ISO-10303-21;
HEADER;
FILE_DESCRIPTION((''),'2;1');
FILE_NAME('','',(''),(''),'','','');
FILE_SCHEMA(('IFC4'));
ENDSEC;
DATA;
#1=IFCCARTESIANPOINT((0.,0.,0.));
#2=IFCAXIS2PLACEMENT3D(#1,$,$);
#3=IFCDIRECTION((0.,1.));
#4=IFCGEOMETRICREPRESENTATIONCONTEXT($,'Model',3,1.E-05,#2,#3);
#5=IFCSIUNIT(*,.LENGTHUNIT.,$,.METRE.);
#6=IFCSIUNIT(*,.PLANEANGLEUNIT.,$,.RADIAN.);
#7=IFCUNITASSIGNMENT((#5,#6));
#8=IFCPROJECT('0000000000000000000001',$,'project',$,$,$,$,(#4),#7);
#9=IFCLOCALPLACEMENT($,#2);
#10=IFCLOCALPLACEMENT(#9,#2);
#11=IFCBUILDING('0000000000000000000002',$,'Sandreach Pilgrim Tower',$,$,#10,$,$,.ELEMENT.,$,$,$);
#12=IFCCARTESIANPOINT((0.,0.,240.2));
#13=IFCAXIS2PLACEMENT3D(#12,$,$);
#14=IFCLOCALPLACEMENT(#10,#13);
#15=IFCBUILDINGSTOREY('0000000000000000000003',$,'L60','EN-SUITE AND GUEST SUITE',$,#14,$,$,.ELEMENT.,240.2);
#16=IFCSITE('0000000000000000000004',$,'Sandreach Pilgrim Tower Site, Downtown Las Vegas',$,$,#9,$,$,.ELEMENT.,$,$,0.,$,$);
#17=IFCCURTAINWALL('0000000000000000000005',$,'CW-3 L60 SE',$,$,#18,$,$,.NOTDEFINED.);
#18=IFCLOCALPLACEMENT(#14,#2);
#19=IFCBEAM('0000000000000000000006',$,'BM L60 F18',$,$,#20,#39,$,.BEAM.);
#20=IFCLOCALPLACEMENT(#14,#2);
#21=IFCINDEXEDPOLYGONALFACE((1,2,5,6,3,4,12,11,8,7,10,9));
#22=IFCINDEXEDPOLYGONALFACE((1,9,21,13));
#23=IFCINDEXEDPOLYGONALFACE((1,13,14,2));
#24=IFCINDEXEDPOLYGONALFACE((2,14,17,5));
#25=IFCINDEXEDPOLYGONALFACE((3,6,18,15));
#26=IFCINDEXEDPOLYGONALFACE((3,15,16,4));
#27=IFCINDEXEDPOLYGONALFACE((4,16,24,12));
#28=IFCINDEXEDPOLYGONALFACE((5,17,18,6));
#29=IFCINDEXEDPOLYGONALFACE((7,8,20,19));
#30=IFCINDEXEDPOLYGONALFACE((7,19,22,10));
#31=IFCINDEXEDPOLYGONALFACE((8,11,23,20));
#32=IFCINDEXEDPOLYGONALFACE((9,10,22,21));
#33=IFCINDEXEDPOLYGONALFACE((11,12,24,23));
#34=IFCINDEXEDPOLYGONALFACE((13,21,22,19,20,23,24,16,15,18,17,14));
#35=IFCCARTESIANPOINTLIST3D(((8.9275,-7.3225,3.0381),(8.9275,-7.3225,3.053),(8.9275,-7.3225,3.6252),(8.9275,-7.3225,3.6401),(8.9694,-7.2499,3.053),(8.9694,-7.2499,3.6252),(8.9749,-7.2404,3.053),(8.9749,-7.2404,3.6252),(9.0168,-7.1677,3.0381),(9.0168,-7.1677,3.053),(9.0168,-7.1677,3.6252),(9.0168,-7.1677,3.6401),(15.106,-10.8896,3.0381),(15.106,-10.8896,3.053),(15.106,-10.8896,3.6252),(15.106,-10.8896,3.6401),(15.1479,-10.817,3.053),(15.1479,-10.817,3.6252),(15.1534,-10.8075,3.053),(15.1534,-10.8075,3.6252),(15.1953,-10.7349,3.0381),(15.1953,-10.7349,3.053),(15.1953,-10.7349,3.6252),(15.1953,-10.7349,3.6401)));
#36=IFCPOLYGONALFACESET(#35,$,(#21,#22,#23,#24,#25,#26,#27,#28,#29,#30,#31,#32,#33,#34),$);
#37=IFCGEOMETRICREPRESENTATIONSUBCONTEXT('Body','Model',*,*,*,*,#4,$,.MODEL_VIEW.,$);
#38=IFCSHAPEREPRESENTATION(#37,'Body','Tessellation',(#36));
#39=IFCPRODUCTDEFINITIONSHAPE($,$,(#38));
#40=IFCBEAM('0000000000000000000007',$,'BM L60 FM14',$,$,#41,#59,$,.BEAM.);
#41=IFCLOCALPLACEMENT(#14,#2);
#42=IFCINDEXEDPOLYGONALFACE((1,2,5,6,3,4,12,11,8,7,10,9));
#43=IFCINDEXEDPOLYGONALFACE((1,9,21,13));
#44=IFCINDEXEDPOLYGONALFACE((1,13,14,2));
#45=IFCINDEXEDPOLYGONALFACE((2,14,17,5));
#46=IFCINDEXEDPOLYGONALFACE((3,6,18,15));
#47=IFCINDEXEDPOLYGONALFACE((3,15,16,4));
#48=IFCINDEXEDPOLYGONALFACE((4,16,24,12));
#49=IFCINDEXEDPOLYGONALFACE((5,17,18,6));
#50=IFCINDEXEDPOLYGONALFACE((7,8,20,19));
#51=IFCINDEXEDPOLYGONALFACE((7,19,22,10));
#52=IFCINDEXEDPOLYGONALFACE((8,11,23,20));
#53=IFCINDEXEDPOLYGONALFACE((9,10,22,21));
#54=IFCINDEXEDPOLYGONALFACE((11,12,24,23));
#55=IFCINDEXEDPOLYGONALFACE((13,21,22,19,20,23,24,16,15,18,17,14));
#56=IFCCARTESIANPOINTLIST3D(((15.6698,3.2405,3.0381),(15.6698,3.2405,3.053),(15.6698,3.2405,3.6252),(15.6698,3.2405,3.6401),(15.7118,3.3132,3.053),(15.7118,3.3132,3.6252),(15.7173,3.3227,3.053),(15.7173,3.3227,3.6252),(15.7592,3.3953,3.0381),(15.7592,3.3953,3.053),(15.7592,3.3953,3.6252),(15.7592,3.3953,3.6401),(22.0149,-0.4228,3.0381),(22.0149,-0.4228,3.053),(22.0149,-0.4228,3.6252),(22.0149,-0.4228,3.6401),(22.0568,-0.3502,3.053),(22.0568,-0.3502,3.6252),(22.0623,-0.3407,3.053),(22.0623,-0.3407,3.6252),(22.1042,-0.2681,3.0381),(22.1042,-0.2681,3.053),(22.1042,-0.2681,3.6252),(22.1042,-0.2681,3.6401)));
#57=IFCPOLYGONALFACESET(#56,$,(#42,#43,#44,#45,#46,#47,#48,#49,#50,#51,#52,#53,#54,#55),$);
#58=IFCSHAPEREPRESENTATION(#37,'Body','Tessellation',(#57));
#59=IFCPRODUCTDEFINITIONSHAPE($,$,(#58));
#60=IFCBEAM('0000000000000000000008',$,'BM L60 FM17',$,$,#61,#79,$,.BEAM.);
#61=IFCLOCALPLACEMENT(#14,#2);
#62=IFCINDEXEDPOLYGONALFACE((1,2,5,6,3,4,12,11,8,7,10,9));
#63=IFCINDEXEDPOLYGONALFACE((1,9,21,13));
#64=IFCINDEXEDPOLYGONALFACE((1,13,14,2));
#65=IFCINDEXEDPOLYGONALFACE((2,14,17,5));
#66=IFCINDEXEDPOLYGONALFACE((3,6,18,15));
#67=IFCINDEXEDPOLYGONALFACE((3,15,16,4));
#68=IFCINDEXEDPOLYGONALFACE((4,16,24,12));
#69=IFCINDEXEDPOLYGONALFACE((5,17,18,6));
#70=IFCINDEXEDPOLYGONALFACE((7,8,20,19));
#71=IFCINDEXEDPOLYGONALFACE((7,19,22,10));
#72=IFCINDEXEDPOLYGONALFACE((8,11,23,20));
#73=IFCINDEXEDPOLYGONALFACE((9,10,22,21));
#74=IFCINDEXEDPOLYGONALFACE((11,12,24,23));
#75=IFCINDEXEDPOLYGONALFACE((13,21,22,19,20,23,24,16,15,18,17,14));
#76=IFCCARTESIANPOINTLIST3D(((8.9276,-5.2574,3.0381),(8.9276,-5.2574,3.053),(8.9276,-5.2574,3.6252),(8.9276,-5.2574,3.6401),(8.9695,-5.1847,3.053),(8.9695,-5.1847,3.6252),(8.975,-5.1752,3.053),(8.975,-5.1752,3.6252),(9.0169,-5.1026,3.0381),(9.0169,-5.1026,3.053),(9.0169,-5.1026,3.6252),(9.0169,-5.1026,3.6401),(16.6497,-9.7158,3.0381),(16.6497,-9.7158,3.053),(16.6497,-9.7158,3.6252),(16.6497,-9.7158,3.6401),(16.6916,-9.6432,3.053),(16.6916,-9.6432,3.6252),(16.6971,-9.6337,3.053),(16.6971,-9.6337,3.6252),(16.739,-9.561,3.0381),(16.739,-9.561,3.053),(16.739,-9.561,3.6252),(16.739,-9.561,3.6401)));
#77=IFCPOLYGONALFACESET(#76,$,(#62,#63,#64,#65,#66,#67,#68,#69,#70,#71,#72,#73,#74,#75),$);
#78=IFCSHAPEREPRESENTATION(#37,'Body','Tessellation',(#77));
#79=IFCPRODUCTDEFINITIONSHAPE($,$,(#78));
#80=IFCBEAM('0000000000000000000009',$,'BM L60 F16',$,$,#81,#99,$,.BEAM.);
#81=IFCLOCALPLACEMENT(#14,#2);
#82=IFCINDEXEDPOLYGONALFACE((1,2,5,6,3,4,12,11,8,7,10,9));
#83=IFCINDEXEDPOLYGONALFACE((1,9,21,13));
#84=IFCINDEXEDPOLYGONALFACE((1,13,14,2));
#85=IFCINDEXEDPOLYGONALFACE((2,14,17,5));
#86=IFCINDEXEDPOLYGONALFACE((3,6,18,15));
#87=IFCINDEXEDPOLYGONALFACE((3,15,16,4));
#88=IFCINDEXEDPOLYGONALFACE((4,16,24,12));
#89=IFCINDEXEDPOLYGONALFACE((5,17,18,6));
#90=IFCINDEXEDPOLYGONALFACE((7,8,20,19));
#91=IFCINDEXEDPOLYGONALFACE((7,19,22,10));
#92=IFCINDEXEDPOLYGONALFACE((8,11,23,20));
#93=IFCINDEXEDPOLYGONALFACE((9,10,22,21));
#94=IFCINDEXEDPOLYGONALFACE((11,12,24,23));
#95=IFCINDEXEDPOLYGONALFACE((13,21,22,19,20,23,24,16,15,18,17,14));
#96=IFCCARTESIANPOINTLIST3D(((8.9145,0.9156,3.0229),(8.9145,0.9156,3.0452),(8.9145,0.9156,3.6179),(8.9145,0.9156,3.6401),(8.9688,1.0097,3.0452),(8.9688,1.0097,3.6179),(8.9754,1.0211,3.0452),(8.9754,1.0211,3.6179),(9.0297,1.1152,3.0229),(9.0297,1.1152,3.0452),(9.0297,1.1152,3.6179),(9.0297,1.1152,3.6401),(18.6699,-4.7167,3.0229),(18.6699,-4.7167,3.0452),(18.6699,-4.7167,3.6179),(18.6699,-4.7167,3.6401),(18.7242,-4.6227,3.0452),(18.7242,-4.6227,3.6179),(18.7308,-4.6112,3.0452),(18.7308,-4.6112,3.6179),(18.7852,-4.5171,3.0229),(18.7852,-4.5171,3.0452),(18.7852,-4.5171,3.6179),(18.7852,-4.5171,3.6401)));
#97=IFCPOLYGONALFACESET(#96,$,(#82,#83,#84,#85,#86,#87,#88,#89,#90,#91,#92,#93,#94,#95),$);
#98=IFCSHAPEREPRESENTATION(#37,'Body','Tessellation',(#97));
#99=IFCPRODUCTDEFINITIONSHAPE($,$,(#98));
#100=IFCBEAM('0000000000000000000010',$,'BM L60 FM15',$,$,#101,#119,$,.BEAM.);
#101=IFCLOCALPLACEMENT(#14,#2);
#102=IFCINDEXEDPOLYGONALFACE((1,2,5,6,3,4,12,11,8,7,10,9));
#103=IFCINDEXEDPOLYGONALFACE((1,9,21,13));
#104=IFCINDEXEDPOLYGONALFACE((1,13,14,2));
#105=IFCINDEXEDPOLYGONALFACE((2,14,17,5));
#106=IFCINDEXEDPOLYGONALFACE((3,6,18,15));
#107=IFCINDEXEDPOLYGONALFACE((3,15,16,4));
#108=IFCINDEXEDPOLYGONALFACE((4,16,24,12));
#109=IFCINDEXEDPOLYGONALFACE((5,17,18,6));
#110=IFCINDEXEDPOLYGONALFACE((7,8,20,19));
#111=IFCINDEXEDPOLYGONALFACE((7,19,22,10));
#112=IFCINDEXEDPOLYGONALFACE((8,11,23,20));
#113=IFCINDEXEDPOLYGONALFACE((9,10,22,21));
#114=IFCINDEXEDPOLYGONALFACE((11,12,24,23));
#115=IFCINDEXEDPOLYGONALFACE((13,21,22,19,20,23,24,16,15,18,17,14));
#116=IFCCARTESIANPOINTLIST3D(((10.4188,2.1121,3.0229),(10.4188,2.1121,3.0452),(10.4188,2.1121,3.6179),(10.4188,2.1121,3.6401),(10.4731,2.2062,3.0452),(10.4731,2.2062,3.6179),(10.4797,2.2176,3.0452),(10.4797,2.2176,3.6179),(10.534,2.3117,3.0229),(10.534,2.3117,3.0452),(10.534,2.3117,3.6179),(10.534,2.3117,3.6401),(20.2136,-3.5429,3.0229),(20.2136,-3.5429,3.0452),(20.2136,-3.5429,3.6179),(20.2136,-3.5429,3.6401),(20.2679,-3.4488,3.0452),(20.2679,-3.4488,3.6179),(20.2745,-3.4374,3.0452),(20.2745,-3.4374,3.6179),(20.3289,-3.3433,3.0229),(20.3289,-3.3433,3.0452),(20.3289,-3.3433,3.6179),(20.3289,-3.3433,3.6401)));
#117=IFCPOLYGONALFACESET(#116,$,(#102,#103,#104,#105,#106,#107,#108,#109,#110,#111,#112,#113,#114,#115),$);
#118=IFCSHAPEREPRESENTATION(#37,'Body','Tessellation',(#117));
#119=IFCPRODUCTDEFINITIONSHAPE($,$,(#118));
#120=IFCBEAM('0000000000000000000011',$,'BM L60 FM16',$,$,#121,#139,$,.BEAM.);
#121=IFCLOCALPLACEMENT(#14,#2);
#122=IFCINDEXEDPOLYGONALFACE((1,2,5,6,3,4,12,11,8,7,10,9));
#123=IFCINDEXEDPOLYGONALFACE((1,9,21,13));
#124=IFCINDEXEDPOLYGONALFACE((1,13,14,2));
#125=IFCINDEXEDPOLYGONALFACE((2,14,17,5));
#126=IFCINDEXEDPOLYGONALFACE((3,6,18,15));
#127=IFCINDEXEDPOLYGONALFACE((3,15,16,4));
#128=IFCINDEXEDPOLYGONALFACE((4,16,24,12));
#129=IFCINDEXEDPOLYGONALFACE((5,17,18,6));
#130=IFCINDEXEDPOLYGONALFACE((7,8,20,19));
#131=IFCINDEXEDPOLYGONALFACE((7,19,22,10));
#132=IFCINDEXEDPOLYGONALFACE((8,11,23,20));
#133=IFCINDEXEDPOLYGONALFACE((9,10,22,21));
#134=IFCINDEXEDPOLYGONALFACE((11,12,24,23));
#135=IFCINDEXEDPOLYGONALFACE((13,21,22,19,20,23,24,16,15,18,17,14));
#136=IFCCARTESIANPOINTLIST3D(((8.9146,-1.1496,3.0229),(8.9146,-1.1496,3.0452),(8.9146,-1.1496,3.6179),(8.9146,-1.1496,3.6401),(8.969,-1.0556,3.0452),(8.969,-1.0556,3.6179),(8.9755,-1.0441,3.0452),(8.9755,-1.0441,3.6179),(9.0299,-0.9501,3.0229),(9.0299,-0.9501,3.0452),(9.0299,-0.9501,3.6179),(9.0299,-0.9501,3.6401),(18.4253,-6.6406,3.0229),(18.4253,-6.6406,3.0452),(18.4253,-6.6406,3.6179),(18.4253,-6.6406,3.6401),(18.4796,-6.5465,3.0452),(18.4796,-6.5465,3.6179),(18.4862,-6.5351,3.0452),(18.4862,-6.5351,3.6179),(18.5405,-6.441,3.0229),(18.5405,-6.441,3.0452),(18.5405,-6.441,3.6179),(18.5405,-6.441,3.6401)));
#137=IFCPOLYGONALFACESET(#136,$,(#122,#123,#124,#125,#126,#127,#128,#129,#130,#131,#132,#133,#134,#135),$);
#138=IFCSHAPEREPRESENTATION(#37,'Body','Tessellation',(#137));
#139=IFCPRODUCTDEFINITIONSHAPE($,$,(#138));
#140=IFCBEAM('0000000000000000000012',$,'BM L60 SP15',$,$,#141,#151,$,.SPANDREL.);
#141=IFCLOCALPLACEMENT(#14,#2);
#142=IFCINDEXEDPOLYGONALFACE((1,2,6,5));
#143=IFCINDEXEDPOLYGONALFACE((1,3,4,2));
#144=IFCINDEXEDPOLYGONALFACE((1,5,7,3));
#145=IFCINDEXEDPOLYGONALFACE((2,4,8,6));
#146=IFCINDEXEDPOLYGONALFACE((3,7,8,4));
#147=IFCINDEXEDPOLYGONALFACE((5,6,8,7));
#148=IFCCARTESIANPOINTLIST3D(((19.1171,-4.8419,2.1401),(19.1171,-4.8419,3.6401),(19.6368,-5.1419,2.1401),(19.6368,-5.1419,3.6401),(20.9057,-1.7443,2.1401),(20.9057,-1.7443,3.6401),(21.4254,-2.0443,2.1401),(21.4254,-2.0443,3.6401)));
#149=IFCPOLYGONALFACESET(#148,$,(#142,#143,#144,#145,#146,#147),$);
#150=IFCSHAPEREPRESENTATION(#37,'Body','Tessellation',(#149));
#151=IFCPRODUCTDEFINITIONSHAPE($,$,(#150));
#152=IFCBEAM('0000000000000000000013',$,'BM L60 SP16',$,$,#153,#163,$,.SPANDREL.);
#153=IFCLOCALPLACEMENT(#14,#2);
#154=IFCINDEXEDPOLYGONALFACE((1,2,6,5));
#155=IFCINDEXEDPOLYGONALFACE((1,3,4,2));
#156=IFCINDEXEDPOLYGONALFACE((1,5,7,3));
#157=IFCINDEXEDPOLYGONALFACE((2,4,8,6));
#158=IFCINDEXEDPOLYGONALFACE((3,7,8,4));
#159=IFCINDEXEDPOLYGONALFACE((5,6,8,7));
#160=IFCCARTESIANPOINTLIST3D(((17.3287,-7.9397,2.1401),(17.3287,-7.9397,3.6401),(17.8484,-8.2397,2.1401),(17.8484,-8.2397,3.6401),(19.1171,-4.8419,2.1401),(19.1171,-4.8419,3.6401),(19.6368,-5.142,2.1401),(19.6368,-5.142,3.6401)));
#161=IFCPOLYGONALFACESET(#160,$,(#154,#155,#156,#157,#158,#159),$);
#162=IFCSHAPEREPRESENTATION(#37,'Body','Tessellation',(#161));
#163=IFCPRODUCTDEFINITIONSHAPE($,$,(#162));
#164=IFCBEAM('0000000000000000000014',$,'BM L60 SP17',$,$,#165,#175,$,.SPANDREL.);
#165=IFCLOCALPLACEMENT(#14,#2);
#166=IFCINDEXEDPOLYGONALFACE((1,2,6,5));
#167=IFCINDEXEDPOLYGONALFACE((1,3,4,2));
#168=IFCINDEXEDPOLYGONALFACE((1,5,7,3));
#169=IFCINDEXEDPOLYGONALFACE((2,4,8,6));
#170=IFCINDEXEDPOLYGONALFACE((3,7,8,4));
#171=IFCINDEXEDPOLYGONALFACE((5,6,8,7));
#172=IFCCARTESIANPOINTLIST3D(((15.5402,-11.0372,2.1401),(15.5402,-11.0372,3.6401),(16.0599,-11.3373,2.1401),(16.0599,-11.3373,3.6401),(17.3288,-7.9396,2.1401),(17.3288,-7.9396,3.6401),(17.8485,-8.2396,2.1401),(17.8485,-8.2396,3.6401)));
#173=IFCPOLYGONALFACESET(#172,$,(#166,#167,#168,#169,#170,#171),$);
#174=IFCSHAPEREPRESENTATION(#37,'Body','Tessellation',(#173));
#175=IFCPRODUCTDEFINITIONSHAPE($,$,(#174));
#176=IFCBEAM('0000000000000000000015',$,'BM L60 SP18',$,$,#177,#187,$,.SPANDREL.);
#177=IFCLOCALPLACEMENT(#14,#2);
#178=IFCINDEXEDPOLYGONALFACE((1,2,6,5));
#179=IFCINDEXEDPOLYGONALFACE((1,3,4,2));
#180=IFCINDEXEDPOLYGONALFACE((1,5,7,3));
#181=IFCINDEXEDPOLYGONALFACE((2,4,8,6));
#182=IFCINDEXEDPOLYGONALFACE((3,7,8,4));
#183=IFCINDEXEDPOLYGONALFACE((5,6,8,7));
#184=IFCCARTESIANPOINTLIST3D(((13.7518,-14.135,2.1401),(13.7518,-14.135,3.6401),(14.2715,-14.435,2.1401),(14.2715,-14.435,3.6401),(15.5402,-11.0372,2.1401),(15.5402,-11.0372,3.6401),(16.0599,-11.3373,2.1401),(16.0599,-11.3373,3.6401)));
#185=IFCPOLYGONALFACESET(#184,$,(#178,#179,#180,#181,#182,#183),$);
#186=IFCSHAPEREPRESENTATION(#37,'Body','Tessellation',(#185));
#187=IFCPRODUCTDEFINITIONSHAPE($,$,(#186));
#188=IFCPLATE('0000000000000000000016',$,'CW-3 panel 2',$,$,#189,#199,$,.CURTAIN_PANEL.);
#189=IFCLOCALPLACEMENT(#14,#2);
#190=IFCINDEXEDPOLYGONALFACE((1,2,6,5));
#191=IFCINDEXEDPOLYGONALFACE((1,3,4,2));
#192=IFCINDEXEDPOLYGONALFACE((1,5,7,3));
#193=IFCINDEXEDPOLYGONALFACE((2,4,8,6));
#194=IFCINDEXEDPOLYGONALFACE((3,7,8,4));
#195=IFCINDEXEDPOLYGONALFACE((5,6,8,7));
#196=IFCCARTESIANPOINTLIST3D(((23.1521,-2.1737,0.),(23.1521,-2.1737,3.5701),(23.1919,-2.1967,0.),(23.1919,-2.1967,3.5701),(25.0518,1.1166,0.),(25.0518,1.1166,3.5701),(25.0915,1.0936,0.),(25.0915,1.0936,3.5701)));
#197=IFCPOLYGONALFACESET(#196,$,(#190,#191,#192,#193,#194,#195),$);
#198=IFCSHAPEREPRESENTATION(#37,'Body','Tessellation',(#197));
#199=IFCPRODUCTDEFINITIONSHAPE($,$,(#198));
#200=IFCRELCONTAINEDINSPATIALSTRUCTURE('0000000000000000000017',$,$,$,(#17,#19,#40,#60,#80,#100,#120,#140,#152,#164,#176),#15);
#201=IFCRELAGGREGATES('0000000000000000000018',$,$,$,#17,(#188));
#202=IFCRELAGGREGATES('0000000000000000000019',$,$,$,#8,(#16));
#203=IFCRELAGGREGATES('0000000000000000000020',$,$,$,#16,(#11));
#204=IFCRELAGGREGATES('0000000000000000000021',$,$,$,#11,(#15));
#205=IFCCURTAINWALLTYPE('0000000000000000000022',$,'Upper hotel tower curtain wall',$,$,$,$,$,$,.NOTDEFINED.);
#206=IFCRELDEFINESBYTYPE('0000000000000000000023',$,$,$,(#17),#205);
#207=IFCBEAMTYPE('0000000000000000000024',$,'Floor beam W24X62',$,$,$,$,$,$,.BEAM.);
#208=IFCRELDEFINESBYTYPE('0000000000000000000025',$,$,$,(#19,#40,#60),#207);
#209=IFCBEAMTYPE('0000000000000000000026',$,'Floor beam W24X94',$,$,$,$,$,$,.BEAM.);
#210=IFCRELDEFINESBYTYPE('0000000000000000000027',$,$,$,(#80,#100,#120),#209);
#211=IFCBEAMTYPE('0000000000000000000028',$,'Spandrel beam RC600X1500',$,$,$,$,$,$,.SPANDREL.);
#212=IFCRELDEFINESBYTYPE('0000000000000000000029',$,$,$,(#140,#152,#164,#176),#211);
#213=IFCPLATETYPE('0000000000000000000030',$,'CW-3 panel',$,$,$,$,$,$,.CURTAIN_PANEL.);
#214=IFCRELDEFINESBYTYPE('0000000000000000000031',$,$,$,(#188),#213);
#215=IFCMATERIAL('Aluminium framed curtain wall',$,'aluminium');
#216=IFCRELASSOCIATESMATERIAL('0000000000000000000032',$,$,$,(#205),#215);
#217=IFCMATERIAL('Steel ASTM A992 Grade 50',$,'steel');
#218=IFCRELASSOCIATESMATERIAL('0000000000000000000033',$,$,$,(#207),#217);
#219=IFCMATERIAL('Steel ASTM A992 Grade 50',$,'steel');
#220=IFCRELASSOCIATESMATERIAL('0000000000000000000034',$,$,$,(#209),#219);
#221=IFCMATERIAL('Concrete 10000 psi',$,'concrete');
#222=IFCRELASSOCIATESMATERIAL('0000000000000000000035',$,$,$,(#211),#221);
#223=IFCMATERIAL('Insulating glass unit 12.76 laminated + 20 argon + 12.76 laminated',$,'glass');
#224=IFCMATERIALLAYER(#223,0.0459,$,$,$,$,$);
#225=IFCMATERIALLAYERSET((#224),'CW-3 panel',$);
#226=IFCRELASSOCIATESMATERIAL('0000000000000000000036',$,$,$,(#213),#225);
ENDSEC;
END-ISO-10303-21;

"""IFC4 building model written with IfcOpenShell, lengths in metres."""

from ifc_helpers import new_model, si_unit, direction, frame, origin, origin_2d, place, context, subcontext, project, spatial, rectangle, i_section, extrude, material, layer, layer_set, material_profile, profile_set, type_object, element, aggregate, save


model = new_model("IFC4")

# Units and contexts
model_context = context("Model", 3, precision=1e-05, world=origin(), true_north=direction((0.0, 1.0)))
body_context = subcontext(model_context, "Body", "Model", "MODEL_VIEW")
ifc_project = project(units=[si_unit("LENGTHUNIT", "METRE"), si_unit("PLANEANGLEUNIT", "RADIAN")], contexts=[model_context])

# Site, building, storey
site_placement = place(None, origin())
site = spatial("IfcSite", under=ifc_project, at=site_placement, Name="Sandreach Pilgrim Tower Site, Downtown Las Vegas", CompositionType="ELEMENT", RefElevation=0.0)
building_placement = place(site_placement, origin())
building = spatial("IfcBuilding", under=site, at=building_placement, Name="Sandreach Pilgrim Tower", CompositionType="ELEMENT")
storey_placement = place(building_placement, frame((0.0, 0.0, 240.2)))
storey = spatial("IfcBuildingStorey", under=building, at=storey_placement, Name="L60", Description="EN-SUITE AND GUEST SUITE", CompositionType="ELEMENT", Elevation=240.2)

# Curtain wall
ifc_material_1 = material(Name="Aluminium framed curtain wall", Category="aluminium")
curtain_wall_type = type_object("IfcCurtainWallType", Name="Upper hotel tower curtain wall", PredefinedType="NOTDEFINED", material=ifc_material_1)
curtain_wall_placement = place(storey_placement, origin())
curtain_wall = element("IfcCurtainWall", 1, at=curtain_wall_placement, inside=storey, type_object=curtain_wall_type, Name="CW-3 L60 SE", PredefinedType="NOTDEFINED")

# Beams
ifc_material_2 = material(Name="Steel ASTM A992 Grade 50", Category="steel")
ifc_material_profile_1 = material_profile(ifc_material_2, i_section(OverallWidth=0.1787, OverallDepth=0.6021, WebThickness=0.011, FlangeThickness=0.0149, at=origin_2d()), Name="W24X62")
ifc_profile_set_1 = profile_set([ifc_material_profile_1], Name="Steel ASTM A992 Grade 50")
beam_type_1 = type_object("IfcBeamType", Name="Floor beam W24X62", PredefinedType="BEAM", material=ifc_profile_set_1)
beam_1_placement = place(storey_placement, frame((15.1506, -10.8123, 3.3391), z_axis=(-0.866025, 0.5, 0.0), x_axis=(-0.5, -0.866025, 0.0)))
element("IfcBeam", 2, at=beam_1_placement, inside=storey, type_object=beam_type_1, Name="BM L60 F18", PredefinedType="BEAM", context=body_context, shape_type="SweptSolid", body=[
    extrude(i_section(OverallWidth=0.1787, OverallDepth=0.6021, WebThickness=0.011, FlangeThickness=0.0149, at=origin_2d()), origin(), (0.0, 0.0, 1.0), 7.1343),
])
beam_2_placement = place(storey_placement, frame((22.0596, -0.3455, 3.3391), z_axis=(-0.866022, 0.500006, 0.0), x_axis=(-0.500006, -0.866022, 0.0)))
element("IfcBeam", 3, at=beam_2_placement, inside=storey, type_object=beam_type_1, Name="BM L60 FM14", PredefinedType="BEAM", context=body_context, shape_type="SweptSolid", body=[
    extrude(i_section(OverallWidth=0.1787, OverallDepth=0.6021, WebThickness=0.011, FlangeThickness=0.0149, at=origin_2d()), origin(), (0.0, 0.0, 1.0), 7.3267),
])
beam_3_placement = place(storey_placement, frame((16.6943, -9.6384, 3.3391), z_axis=(-0.866021, 0.500008, 0.0), x_axis=(-0.500008, -0.866021, 0.0)))
element("IfcBeam", 4, at=beam_3_placement, inside=storey, type_object=beam_type_1, Name="BM L60 FM17", PredefinedType="BEAM", context=body_context, shape_type="SweptSolid", body=[
    extrude(i_section(OverallWidth=0.1787, OverallDepth=0.6021, WebThickness=0.011, FlangeThickness=0.0149, at=origin_2d()), origin(), (0.0, 0.0, 1.0), 8.9167),
])
ifc_material_3 = material(Name="Steel ASTM A992 Grade 50", Category="steel")
ifc_material_profile_2 = material_profile(ifc_material_3, i_section(OverallWidth=0.2305, OverallDepth=0.6172, WebThickness=0.0132, FlangeThickness=0.0222, at=origin_2d()), Name="W24X94")
ifc_profile_set_2 = profile_set([ifc_material_profile_2], Name="Steel ASTM A992 Grade 50")
beam_type_2 = type_object("IfcBeamType", Name="Floor beam W24X94", PredefinedType="BEAM", material=ifc_profile_set_2)
beam_4_placement = place(storey_placement, frame((18.7275, -4.6169, 3.3315), z_axis=(-0.866023, 0.500004, 0.0), x_axis=(-0.500004, -0.866023, 0.0)))
element("IfcBeam", 5, at=beam_4_placement, inside=storey, type_object=beam_type_2, Name="BM L60 F16", PredefinedType="BEAM", context=body_context, shape_type="SweptSolid", body=[
    extrude(i_section(OverallWidth=0.2305, OverallDepth=0.6172, WebThickness=0.0132, FlangeThickness=0.0222, at=origin_2d()), origin(), (0.0, 0.0, 1.0), 11.2646),
])
beam_5_placement = place(storey_placement, frame((20.2712, -3.4431, 3.3315), z_axis=(-0.866028, 0.499995, 0.0), x_axis=(-0.499995, -0.866028, 0.0)))
element("IfcBeam", 6, at=beam_5_placement, inside=storey, type_object=beam_type_2, Name="BM L60 FM15", PredefinedType="BEAM", context=body_context, shape_type="SweptSolid", body=[
    extrude(i_section(OverallWidth=0.2305, OverallDepth=0.6172, WebThickness=0.0132, FlangeThickness=0.0222, at=origin_2d()), origin(), (0.0, 0.0, 1.0), 11.3101),
])
beam_6_placement = place(storey_placement, frame((18.4829, -6.5408, 3.3315), z_axis=(-0.866028, 0.499996, 0.0), x_axis=(-0.499996, -0.866028, 0.0)))
element("IfcBeam", 7, at=beam_6_placement, inside=storey, type_object=beam_type_2, Name="BM L60 FM16", PredefinedType="BEAM", context=body_context, shape_type="SweptSolid", body=[
    extrude(i_section(OverallWidth=0.2305, OverallDepth=0.6172, WebThickness=0.0132, FlangeThickness=0.0222, at=origin_2d()), origin(), (0.0, 0.0, 1.0), 10.9819),
])
ifc_material_4 = material(Name="Concrete 10000 psi", Category="concrete")
ifc_material_profile_3 = material_profile(ifc_material_4, rectangle(XDim=0.6001, YDim=1.5, at=origin_2d()), Name="RC600X1500")
ifc_profile_set_3 = profile_set([ifc_material_profile_3], Name="Concrete 10000 psi")
beam_type_3 = type_object("IfcBeamType", Name="Spandrel beam RC600X1500", PredefinedType="SPANDREL", material=ifc_profile_set_3)
for number, where, z_axis, x_axis, name in (
    (8, (21.1655, -1.8943, 2.8901), (-0.50003, -0.866008, 0.0), (0.866008, -0.50003, 0.0), "BM L60 SP15"),
    (9, (19.377, -4.9919, 2.8901), (-0.499978, -0.866038, 0.0), (0.866038, -0.499978, 0.0), "BM L60 SP16"),
    (10, (17.5886, -8.0896, 2.8901), (-0.50003, -0.866008, 0.0), (0.866008, -0.50003, 0.0), "BM L60 SP17"),
    (11, (15.8, -11.1873, 2.8901), (-0.499978, -0.866038, 0.0), (0.866038, -0.499978, 0.0), "BM L60 SP18"),
):
    element("IfcBeam", number, at=place(storey_placement, frame(where, z_axis=z_axis, x_axis=x_axis)), inside=storey, type_object=beam_type_3, Name=name, PredefinedType="SPANDREL", context=body_context, shape_type="SweptSolid", body=[
        extrude(rectangle(XDim=0.6001, YDim=1.5, at=origin_2d()), origin(), (0.0, 0.0, 1.0), 3.5769),
    ])

# Plate
ifc_material_5 = material(Name="Insulating glass unit 12.76 laminated + 20 argon + 12.76 laminated", Category="glass")
ifc_layer_1 = layer(ifc_material_5, 0.0459)
ifc_layer_set_1 = layer_set([ifc_layer_1], Name="CW-3 panel")
plate_type = type_object("IfcPlateType", Name="CW-3 panel", PredefinedType="CURTAIN_PANEL", material=ifc_layer_set_1)
plate_1_placement = place(storey_placement, frame((24.1218, -0.54, 0.0), z_axis=(0.0, 0.0, 1.0), x_axis=(-0.5, -0.866025, 0.0)))
plate_1 = element("IfcPlate", 12, at=plate_1_placement, type_object=plate_type, Name="CW-3 panel 2", PredefinedType="CURTAIN_PANEL", context=body_context, shape_type="SweptSolid", body=[
    extrude(rectangle(XDim=3.7993, YDim=0.0459, at=origin_2d()), origin(), (0.0, 0.0, 1.0), 3.5701),
])
aggregate(curtain_wall, [plate_1])

save(model, "model.ifc")
